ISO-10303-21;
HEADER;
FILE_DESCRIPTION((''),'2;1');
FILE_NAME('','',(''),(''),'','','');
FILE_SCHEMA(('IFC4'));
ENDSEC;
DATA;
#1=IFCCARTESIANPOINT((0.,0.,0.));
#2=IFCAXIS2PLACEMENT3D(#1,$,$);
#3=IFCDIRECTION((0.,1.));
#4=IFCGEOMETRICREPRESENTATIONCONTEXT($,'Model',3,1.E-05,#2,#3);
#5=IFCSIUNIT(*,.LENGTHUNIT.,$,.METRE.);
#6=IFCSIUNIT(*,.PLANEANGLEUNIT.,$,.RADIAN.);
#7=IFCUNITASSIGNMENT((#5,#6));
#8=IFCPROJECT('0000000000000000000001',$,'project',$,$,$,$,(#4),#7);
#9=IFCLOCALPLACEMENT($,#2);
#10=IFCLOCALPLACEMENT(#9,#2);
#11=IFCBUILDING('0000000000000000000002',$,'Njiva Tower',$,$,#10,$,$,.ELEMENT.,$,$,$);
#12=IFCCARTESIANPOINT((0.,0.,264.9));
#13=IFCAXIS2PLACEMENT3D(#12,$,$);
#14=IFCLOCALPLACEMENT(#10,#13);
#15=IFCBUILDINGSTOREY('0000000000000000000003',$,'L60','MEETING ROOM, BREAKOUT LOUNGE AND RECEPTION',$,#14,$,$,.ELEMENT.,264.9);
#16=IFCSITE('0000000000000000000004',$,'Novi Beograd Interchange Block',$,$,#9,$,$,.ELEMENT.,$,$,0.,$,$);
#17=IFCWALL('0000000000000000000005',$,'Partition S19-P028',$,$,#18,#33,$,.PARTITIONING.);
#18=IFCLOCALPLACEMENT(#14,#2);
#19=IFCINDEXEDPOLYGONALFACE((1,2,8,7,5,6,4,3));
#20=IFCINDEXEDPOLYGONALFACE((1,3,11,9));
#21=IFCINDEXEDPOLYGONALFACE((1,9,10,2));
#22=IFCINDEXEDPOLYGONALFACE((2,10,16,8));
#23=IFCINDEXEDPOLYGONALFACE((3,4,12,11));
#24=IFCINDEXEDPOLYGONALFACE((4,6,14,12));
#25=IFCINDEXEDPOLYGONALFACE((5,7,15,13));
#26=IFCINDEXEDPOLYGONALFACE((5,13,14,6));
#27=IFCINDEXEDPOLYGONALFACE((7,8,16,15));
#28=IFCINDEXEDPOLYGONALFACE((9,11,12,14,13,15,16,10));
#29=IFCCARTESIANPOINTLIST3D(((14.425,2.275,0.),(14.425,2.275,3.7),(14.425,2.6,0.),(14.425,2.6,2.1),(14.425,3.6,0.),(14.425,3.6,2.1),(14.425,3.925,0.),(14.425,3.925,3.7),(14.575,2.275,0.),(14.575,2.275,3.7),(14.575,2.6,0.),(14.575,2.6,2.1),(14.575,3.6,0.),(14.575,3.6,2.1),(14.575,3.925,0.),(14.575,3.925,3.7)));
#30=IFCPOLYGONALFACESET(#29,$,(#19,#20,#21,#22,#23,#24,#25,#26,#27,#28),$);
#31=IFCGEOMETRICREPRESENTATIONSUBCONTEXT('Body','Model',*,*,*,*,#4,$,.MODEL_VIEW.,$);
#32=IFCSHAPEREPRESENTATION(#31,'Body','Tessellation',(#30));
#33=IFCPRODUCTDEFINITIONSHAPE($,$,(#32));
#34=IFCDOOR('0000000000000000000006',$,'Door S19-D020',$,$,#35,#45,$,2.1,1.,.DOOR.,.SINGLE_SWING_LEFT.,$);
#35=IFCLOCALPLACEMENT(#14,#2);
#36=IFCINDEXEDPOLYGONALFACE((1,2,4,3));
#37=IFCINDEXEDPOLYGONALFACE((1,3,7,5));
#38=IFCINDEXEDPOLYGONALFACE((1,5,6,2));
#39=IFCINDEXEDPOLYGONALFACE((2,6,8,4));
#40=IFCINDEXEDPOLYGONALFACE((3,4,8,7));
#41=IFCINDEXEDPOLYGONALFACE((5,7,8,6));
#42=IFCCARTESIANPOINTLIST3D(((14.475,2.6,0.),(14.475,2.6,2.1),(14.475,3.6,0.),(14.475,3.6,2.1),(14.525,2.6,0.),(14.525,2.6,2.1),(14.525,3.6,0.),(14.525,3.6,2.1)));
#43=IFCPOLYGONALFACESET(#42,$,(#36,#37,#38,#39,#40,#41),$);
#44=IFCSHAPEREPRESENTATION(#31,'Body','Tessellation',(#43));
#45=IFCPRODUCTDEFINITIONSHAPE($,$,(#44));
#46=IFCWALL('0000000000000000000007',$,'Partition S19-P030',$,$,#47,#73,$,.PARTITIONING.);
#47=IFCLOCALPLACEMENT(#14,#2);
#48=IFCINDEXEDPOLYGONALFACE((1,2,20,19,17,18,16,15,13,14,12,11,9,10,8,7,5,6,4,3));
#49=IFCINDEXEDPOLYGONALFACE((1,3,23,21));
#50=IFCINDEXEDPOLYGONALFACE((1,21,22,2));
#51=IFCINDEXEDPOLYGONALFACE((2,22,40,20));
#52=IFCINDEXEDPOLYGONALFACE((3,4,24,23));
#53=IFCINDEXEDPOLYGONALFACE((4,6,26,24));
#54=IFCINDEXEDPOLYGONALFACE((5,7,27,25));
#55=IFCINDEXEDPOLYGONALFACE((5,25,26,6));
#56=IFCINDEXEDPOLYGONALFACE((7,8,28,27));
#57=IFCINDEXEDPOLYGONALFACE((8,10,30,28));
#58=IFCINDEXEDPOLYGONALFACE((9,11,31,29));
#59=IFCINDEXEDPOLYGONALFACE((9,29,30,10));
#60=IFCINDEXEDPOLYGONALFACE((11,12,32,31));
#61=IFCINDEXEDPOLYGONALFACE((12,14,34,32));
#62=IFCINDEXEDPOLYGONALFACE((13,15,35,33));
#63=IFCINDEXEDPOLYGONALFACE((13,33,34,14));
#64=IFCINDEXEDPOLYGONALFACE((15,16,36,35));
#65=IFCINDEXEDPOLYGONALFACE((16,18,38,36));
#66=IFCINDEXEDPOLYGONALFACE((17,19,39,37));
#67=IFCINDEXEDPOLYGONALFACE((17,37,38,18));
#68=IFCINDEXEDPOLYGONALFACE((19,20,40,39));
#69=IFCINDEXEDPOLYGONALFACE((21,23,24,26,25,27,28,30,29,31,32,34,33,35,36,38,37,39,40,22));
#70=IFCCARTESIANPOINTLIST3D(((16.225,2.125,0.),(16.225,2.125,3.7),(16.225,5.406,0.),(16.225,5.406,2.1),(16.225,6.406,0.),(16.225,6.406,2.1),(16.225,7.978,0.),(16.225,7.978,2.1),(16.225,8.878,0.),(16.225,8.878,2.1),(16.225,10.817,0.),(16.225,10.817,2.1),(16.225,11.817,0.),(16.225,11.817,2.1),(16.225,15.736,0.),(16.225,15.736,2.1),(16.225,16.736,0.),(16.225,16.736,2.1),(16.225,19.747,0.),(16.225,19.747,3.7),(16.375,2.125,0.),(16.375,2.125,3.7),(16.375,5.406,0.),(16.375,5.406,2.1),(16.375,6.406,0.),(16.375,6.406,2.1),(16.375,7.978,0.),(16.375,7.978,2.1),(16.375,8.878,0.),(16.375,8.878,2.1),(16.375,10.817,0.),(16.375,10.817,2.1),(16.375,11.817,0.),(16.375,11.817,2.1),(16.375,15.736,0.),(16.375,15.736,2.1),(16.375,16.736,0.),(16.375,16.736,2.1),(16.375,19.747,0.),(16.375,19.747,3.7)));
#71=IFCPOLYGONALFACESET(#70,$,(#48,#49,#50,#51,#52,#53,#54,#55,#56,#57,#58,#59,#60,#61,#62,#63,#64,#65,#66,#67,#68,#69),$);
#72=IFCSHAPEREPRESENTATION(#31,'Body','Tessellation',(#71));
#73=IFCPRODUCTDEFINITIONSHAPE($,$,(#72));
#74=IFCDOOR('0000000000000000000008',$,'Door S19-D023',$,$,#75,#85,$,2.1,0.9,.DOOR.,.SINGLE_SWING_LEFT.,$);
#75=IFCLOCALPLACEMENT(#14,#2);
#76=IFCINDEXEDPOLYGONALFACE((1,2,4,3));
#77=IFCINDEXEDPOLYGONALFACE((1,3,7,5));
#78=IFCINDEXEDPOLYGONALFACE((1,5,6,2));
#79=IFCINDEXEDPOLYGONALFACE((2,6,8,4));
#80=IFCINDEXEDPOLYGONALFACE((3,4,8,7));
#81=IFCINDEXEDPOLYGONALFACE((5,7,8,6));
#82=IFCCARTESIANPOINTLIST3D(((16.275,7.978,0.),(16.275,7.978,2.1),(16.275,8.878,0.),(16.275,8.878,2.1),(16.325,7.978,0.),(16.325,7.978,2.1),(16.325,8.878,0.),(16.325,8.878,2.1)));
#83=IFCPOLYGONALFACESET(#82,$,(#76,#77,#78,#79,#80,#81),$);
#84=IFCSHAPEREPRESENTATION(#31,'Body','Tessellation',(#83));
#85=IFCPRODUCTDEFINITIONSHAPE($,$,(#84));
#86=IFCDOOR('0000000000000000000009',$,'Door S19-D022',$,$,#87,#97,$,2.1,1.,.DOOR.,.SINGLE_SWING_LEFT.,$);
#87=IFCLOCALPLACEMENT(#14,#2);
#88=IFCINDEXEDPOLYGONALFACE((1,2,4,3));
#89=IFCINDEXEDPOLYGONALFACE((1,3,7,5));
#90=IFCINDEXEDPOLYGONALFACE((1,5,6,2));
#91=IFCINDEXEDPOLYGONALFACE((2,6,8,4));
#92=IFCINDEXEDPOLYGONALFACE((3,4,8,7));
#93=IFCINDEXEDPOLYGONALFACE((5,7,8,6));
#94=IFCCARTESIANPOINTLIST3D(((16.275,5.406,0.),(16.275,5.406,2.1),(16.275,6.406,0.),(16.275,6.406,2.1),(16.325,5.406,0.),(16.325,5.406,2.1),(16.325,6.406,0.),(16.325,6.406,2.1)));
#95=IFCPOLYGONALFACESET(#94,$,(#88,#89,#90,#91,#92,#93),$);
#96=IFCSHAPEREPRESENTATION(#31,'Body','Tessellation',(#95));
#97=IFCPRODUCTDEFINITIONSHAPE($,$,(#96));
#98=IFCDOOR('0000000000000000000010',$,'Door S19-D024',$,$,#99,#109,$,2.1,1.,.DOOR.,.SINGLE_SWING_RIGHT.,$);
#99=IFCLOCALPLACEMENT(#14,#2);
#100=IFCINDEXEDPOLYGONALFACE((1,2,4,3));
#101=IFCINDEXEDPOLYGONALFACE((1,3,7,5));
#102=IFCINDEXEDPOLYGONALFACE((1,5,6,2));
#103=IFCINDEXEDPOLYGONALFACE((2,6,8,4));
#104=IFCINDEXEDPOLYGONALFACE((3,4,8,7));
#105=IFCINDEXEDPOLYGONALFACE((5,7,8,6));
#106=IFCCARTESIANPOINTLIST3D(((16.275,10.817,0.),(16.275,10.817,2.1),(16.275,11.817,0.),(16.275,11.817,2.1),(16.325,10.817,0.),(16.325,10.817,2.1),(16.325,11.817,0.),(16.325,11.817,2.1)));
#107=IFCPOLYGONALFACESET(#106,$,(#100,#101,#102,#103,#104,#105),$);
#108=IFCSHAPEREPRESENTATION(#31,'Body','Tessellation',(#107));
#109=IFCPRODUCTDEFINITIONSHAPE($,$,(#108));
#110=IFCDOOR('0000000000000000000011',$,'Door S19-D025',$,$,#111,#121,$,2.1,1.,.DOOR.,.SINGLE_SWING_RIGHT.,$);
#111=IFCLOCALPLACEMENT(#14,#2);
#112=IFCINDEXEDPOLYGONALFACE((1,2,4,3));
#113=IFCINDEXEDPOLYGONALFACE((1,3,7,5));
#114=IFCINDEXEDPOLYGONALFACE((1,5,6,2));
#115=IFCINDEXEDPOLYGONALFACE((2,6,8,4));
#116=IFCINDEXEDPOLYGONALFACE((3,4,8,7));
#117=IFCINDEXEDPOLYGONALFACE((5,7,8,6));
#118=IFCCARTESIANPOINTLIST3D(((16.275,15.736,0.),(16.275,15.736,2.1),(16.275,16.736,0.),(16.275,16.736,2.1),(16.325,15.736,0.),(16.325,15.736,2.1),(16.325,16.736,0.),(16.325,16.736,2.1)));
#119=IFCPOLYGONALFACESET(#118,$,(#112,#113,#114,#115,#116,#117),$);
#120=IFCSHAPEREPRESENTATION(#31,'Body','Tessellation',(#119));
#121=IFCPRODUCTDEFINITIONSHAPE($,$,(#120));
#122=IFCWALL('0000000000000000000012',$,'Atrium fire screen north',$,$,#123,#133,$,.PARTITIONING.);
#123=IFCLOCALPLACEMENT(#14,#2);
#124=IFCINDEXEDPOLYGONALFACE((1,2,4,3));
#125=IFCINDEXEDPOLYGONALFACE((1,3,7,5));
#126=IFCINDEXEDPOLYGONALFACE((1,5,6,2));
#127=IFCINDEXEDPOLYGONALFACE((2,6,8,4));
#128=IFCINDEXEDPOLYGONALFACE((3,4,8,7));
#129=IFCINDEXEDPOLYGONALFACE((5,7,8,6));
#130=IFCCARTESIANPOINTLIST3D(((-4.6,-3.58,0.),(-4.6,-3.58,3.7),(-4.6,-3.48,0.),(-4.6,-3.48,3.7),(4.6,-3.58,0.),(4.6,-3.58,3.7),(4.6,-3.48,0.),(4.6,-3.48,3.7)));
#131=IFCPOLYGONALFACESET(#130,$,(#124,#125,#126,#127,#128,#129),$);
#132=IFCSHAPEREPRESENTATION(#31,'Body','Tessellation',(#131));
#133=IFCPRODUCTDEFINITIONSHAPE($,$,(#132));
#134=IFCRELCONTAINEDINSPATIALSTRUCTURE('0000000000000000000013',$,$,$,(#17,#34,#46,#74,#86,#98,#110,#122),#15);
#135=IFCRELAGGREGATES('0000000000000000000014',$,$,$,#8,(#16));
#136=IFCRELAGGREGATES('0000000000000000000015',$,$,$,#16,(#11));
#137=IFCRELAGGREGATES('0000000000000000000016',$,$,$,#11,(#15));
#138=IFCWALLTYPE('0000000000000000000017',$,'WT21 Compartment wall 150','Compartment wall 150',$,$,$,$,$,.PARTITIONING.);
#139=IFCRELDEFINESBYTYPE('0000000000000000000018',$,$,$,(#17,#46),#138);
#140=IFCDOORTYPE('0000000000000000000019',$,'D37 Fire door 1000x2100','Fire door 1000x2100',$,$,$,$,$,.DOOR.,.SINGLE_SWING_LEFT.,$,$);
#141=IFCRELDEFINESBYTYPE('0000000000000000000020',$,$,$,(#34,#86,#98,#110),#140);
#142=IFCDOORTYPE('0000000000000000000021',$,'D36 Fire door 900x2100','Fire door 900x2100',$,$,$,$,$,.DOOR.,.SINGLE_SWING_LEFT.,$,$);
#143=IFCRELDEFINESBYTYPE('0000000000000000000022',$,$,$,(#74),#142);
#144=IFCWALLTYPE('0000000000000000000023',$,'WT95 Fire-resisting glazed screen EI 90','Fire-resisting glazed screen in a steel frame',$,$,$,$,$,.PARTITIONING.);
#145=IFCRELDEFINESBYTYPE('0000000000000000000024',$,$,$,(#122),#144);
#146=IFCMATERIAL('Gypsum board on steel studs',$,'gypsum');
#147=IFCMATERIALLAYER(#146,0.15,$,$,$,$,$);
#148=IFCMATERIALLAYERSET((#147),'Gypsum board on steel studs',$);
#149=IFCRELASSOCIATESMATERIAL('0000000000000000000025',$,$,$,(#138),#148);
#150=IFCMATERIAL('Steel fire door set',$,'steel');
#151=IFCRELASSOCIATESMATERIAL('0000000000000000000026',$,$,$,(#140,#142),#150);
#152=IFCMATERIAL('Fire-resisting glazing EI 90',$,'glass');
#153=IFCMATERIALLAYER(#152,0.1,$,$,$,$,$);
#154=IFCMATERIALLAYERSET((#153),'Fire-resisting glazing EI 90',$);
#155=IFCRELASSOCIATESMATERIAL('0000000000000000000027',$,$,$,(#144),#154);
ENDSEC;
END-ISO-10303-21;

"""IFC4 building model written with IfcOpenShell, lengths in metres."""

from ifc_helpers import new_model, si_unit, direction, frame, frame_2d, origin, place, context, subcontext, project, spatial, rectangle, extrude, material, layer, layer_set, type_object, element, fill, save


model = new_model("IFC4")

# Units and contexts
model_context = context("Model", 3, precision=1e-05, world=origin(), true_north=direction((0.0, 1.0)))
body_context = subcontext(model_context, "Body", "Model", "MODEL_VIEW")
ifc_project = project(units=[si_unit("LENGTHUNIT", "METRE"), si_unit("PLANEANGLEUNIT", "RADIAN")], contexts=[model_context])

# Site, building, storey
site_placement = place(None, origin())
site = spatial("IfcSite", under=ifc_project, at=site_placement, Name="Novi Beograd Interchange Block", CompositionType="ELEMENT", RefElevation=0.0)
building_placement = place(site_placement, origin())
building = spatial("IfcBuilding", under=site, at=building_placement, Name="Njiva Tower", CompositionType="ELEMENT")
storey_placement = place(building_placement, frame((0.0, 0.0, 264.9)))
storey = spatial("IfcBuildingStorey", under=building, at=storey_placement, Name="L60", Description="MEETING ROOM, BREAKOUT LOUNGE AND RECEPTION", CompositionType="ELEMENT", Elevation=264.9)

# Shared definitions
ifc_material_1 = material(Name="Gypsum board on steel studs", Category="gypsum")
ifc_layer_1 = layer(ifc_material_1, 0.15)
ifc_layer_set_1 = layer_set([ifc_layer_1], Name="Gypsum board on steel studs")
wall_type_1 = type_object("IfcWallType", Name="WT21 Compartment wall 150", Description="Compartment wall 150", PredefinedType="PARTITIONING", material=ifc_layer_set_1)

# Wall, opening, door
ifc_material_2 = material(Name="Steel fire door set", Category="steel")
door_type_1 = type_object("IfcDoorType", Name="D37 Fire door 1000x2100", Description="Fire door 1000x2100", OperationType="SINGLE_SWING_LEFT", PredefinedType="DOOR", material=ifc_material_2)
wall_1_placement = place(storey_placement, frame((14.5, 2.275, 0.0), z_axis=(0.0, 0.0, 1.0), x_axis=(0.0, 1.0, 0.0)))
wall_1 = element("IfcWall", 1, at=wall_1_placement, inside=storey, type_object=wall_type_1, Name="Partition S19-P028", PredefinedType="PARTITIONING", context=body_context, shape_type="SweptSolid", body=[
    extrude(rectangle(XDim=1.65, YDim=0.15, at=frame_2d((0.825, 0.0))), origin(), (0.0, 0.0, 1.0), 3.7),
])
opening_1_placement = place(wall_1_placement, frame((0.325, 0.0, 0.0)))
opening_1 = element("IfcOpeningElement", 2, at=opening_1_placement, cuts=wall_1, PredefinedType="OPENING", context=body_context, shape_type="SweptSolid", body=[
    extrude(rectangle(XDim=1.0, YDim=2.1, at=frame_2d((0.5, 1.05))), frame((0.0, 0.085, 0.0), z_axis=(0.0, -1.0, 0.0), x_axis=(1.0, 0.0, 0.0)), (0.0, 0.0, 1.0), 0.17),
])
door_1_placement = place(opening_1_placement, origin())
door_1 = element("IfcDoor", 3, at=door_1_placement, inside=storey, type_object=door_type_1, Name="Door S19-D020", OperationType="SINGLE_SWING_LEFT", OverallHeight=2.1, OverallWidth=1.0, PredefinedType="DOOR", context=body_context, shape_type="SweptSolid", body=[
    extrude(rectangle(XDim=1.0, YDim=2.1, at=frame_2d((0.5, 1.05))), frame((0.0, 0.025, 0.0), z_axis=(0.0, -1.0, 0.0), x_axis=(1.0, 0.0, 0.0)), (0.0, 0.0, 1.0), 0.05),
])
fill(opening_1, door_1)

# Wall, openings, doors
wall_2_placement = place(storey_placement, frame((16.3, 2.125, 0.0), z_axis=(0.0, 0.0, 1.0), x_axis=(0.0, 1.0, 0.0)))
wall_2 = element("IfcWall", 4, at=wall_2_placement, inside=storey, type_object=wall_type_1, Name="Partition S19-P030", PredefinedType="PARTITIONING", context=body_context, shape_type="SweptSolid", body=[
    extrude(rectangle(XDim=17.622, YDim=0.15, at=frame_2d((8.811, 0.0))), origin(), (0.0, 0.0, 1.0), 3.7),
])
opening_2_placement = place(wall_2_placement, frame((3.281, 0.0, 0.0)))
opening_2 = element("IfcOpeningElement", 5, at=opening_2_placement, cuts=wall_2, PredefinedType="OPENING", context=body_context, shape_type="SweptSolid", body=[
    extrude(rectangle(XDim=1.0, YDim=2.1, at=frame_2d((0.5, 1.05))), frame((0.0, 0.085, 0.0), z_axis=(0.0, -1.0, 0.0), x_axis=(1.0, 0.0, 0.0)), (0.0, 0.0, 1.0), 0.17),
])
opening_3_placement = place(wall_2_placement, frame((5.853, 0.0, 0.0)))
opening_3 = element("IfcOpeningElement", 6, at=opening_3_placement, cuts=wall_2, PredefinedType="OPENING", context=body_context, shape_type="SweptSolid", body=[
    extrude(rectangle(XDim=0.9, YDim=2.1, at=frame_2d((0.45, 1.05))), frame((0.0, 0.085, 0.0), z_axis=(0.0, -1.0, 0.0), x_axis=(1.0, 0.0, 0.0)), (0.0, 0.0, 1.0), 0.17),
])
opening_4_placement = place(wall_2_placement, frame((8.692, 0.0, 0.0)))
opening_4 = element("IfcOpeningElement", 7, at=opening_4_placement, cuts=wall_2, PredefinedType="OPENING", context=body_context, shape_type="SweptSolid", body=[
    extrude(rectangle(XDim=1.0, YDim=2.1, at=frame_2d((0.5, 1.05))), frame((0.0, 0.085, 0.0), z_axis=(0.0, -1.0, 0.0), x_axis=(1.0, 0.0, 0.0)), (0.0, 0.0, 1.0), 0.17),
])
opening_5_placement = place(wall_2_placement, frame((13.611, 0.0, 0.0)))
opening_5 = element("IfcOpeningElement", 8, at=opening_5_placement, cuts=wall_2, PredefinedType="OPENING", context=body_context, shape_type="SweptSolid", body=[
    extrude(rectangle(XDim=1.0, YDim=2.1, at=frame_2d((0.5, 1.05))), frame((0.0, 0.085, 0.0), z_axis=(0.0, -1.0, 0.0), x_axis=(1.0, 0.0, 0.0)), (0.0, 0.0, 1.0), 0.17),
])
door_type_2 = type_object("IfcDoorType", Name="D36 Fire door 900x2100", Description="Fire door 900x2100", OperationType="SINGLE_SWING_LEFT", PredefinedType="DOOR", material=ifc_material_2)
door_2_placement = place(opening_3_placement, origin())
door_2 = element("IfcDoor", 9, at=door_2_placement, inside=storey, type_object=door_type_2, Name="Door S19-D023", OperationType="SINGLE_SWING_LEFT", OverallHeight=2.1, OverallWidth=0.9, PredefinedType="DOOR", context=body_context, shape_type="SweptSolid", body=[
    extrude(rectangle(XDim=0.9, YDim=2.1, at=frame_2d((0.45, 1.05))), frame((0.0, 0.025, 0.0), z_axis=(0.0, -1.0, 0.0), x_axis=(1.0, 0.0, 0.0)), (0.0, 0.0, 1.0), 0.05),
])
fill(opening_3, door_2)
door_3_placement = place(opening_2_placement, origin())
door_3 = element("IfcDoor", 10, at=door_3_placement, inside=storey, type_object=door_type_1, Name="Door S19-D022", OperationType="SINGLE_SWING_LEFT", OverallHeight=2.1, OverallWidth=1.0, PredefinedType="DOOR", context=body_context, shape_type="SweptSolid", body=[
    extrude(rectangle(XDim=1.0, YDim=2.1, at=frame_2d((0.5, 1.05))), frame((0.0, 0.025, 0.0), z_axis=(0.0, -1.0, 0.0), x_axis=(1.0, 0.0, 0.0)), (0.0, 0.0, 1.0), 0.05),
])
fill(opening_2, door_3)
door_4_placement = place(opening_4_placement, origin())
door_4 = element("IfcDoor", 11, at=door_4_placement, inside=storey, type_object=door_type_1, Name="Door S19-D024", OperationType="SINGLE_SWING_RIGHT", OverallHeight=2.1, OverallWidth=1.0, PredefinedType="DOOR", context=body_context, shape_type="SweptSolid", body=[
    extrude(rectangle(XDim=1.0, YDim=2.1, at=frame_2d((0.5, 1.05))), frame((0.0, 0.025, 0.0), z_axis=(0.0, -1.0, 0.0), x_axis=(1.0, 0.0, 0.0)), (0.0, 0.0, 1.0), 0.05),
])
fill(opening_4, door_4)
door_5_placement = place(opening_5_placement, origin())
door_5 = element("IfcDoor", 12, at=door_5_placement, inside=storey, type_object=door_type_1, Name="Door S19-D025", OperationType="SINGLE_SWING_RIGHT", OverallHeight=2.1, OverallWidth=1.0, PredefinedType="DOOR", context=body_context, shape_type="SweptSolid", body=[
    extrude(rectangle(XDim=1.0, YDim=2.1, at=frame_2d((0.5, 1.05))), frame((0.0, 0.025, 0.0), z_axis=(0.0, -1.0, 0.0), x_axis=(1.0, 0.0, 0.0)), (0.0, 0.0, 1.0), 0.05),
])
fill(opening_5, door_5)

# Wall
ifc_material_3 = material(Name="Fire-resisting glazing EI 90", Category="glass")
ifc_layer_2 = layer(ifc_material_3, 0.1)
ifc_layer_set_2 = layer_set([ifc_layer_2], Name="Fire-resisting glazing EI 90")
wall_type_2 = type_object("IfcWallType", Name="WT95 Fire-resisting glazed screen EI 90", Description="Fire-resisting glazed screen in a steel frame", PredefinedType="PARTITIONING", material=ifc_layer_set_2)
wall_3_placement = place(storey_placement, frame((4.6, -3.53, 0.0), z_axis=(0.0, 0.0, 1.0), x_axis=(-1.0, 0.0, 0.0)))
element("IfcWall", 13, at=wall_3_placement, inside=storey, type_object=wall_type_2, Name="Atrium fire screen north", PredefinedType="PARTITIONING", context=body_context, shape_type="SweptSolid", body=[
    extrude(rectangle(XDim=9.2, YDim=0.1, at=frame_2d((4.6, 0.0))), origin(), (0.0, 0.0, 1.0), 3.7),
])

save(model, "model.ifc")
